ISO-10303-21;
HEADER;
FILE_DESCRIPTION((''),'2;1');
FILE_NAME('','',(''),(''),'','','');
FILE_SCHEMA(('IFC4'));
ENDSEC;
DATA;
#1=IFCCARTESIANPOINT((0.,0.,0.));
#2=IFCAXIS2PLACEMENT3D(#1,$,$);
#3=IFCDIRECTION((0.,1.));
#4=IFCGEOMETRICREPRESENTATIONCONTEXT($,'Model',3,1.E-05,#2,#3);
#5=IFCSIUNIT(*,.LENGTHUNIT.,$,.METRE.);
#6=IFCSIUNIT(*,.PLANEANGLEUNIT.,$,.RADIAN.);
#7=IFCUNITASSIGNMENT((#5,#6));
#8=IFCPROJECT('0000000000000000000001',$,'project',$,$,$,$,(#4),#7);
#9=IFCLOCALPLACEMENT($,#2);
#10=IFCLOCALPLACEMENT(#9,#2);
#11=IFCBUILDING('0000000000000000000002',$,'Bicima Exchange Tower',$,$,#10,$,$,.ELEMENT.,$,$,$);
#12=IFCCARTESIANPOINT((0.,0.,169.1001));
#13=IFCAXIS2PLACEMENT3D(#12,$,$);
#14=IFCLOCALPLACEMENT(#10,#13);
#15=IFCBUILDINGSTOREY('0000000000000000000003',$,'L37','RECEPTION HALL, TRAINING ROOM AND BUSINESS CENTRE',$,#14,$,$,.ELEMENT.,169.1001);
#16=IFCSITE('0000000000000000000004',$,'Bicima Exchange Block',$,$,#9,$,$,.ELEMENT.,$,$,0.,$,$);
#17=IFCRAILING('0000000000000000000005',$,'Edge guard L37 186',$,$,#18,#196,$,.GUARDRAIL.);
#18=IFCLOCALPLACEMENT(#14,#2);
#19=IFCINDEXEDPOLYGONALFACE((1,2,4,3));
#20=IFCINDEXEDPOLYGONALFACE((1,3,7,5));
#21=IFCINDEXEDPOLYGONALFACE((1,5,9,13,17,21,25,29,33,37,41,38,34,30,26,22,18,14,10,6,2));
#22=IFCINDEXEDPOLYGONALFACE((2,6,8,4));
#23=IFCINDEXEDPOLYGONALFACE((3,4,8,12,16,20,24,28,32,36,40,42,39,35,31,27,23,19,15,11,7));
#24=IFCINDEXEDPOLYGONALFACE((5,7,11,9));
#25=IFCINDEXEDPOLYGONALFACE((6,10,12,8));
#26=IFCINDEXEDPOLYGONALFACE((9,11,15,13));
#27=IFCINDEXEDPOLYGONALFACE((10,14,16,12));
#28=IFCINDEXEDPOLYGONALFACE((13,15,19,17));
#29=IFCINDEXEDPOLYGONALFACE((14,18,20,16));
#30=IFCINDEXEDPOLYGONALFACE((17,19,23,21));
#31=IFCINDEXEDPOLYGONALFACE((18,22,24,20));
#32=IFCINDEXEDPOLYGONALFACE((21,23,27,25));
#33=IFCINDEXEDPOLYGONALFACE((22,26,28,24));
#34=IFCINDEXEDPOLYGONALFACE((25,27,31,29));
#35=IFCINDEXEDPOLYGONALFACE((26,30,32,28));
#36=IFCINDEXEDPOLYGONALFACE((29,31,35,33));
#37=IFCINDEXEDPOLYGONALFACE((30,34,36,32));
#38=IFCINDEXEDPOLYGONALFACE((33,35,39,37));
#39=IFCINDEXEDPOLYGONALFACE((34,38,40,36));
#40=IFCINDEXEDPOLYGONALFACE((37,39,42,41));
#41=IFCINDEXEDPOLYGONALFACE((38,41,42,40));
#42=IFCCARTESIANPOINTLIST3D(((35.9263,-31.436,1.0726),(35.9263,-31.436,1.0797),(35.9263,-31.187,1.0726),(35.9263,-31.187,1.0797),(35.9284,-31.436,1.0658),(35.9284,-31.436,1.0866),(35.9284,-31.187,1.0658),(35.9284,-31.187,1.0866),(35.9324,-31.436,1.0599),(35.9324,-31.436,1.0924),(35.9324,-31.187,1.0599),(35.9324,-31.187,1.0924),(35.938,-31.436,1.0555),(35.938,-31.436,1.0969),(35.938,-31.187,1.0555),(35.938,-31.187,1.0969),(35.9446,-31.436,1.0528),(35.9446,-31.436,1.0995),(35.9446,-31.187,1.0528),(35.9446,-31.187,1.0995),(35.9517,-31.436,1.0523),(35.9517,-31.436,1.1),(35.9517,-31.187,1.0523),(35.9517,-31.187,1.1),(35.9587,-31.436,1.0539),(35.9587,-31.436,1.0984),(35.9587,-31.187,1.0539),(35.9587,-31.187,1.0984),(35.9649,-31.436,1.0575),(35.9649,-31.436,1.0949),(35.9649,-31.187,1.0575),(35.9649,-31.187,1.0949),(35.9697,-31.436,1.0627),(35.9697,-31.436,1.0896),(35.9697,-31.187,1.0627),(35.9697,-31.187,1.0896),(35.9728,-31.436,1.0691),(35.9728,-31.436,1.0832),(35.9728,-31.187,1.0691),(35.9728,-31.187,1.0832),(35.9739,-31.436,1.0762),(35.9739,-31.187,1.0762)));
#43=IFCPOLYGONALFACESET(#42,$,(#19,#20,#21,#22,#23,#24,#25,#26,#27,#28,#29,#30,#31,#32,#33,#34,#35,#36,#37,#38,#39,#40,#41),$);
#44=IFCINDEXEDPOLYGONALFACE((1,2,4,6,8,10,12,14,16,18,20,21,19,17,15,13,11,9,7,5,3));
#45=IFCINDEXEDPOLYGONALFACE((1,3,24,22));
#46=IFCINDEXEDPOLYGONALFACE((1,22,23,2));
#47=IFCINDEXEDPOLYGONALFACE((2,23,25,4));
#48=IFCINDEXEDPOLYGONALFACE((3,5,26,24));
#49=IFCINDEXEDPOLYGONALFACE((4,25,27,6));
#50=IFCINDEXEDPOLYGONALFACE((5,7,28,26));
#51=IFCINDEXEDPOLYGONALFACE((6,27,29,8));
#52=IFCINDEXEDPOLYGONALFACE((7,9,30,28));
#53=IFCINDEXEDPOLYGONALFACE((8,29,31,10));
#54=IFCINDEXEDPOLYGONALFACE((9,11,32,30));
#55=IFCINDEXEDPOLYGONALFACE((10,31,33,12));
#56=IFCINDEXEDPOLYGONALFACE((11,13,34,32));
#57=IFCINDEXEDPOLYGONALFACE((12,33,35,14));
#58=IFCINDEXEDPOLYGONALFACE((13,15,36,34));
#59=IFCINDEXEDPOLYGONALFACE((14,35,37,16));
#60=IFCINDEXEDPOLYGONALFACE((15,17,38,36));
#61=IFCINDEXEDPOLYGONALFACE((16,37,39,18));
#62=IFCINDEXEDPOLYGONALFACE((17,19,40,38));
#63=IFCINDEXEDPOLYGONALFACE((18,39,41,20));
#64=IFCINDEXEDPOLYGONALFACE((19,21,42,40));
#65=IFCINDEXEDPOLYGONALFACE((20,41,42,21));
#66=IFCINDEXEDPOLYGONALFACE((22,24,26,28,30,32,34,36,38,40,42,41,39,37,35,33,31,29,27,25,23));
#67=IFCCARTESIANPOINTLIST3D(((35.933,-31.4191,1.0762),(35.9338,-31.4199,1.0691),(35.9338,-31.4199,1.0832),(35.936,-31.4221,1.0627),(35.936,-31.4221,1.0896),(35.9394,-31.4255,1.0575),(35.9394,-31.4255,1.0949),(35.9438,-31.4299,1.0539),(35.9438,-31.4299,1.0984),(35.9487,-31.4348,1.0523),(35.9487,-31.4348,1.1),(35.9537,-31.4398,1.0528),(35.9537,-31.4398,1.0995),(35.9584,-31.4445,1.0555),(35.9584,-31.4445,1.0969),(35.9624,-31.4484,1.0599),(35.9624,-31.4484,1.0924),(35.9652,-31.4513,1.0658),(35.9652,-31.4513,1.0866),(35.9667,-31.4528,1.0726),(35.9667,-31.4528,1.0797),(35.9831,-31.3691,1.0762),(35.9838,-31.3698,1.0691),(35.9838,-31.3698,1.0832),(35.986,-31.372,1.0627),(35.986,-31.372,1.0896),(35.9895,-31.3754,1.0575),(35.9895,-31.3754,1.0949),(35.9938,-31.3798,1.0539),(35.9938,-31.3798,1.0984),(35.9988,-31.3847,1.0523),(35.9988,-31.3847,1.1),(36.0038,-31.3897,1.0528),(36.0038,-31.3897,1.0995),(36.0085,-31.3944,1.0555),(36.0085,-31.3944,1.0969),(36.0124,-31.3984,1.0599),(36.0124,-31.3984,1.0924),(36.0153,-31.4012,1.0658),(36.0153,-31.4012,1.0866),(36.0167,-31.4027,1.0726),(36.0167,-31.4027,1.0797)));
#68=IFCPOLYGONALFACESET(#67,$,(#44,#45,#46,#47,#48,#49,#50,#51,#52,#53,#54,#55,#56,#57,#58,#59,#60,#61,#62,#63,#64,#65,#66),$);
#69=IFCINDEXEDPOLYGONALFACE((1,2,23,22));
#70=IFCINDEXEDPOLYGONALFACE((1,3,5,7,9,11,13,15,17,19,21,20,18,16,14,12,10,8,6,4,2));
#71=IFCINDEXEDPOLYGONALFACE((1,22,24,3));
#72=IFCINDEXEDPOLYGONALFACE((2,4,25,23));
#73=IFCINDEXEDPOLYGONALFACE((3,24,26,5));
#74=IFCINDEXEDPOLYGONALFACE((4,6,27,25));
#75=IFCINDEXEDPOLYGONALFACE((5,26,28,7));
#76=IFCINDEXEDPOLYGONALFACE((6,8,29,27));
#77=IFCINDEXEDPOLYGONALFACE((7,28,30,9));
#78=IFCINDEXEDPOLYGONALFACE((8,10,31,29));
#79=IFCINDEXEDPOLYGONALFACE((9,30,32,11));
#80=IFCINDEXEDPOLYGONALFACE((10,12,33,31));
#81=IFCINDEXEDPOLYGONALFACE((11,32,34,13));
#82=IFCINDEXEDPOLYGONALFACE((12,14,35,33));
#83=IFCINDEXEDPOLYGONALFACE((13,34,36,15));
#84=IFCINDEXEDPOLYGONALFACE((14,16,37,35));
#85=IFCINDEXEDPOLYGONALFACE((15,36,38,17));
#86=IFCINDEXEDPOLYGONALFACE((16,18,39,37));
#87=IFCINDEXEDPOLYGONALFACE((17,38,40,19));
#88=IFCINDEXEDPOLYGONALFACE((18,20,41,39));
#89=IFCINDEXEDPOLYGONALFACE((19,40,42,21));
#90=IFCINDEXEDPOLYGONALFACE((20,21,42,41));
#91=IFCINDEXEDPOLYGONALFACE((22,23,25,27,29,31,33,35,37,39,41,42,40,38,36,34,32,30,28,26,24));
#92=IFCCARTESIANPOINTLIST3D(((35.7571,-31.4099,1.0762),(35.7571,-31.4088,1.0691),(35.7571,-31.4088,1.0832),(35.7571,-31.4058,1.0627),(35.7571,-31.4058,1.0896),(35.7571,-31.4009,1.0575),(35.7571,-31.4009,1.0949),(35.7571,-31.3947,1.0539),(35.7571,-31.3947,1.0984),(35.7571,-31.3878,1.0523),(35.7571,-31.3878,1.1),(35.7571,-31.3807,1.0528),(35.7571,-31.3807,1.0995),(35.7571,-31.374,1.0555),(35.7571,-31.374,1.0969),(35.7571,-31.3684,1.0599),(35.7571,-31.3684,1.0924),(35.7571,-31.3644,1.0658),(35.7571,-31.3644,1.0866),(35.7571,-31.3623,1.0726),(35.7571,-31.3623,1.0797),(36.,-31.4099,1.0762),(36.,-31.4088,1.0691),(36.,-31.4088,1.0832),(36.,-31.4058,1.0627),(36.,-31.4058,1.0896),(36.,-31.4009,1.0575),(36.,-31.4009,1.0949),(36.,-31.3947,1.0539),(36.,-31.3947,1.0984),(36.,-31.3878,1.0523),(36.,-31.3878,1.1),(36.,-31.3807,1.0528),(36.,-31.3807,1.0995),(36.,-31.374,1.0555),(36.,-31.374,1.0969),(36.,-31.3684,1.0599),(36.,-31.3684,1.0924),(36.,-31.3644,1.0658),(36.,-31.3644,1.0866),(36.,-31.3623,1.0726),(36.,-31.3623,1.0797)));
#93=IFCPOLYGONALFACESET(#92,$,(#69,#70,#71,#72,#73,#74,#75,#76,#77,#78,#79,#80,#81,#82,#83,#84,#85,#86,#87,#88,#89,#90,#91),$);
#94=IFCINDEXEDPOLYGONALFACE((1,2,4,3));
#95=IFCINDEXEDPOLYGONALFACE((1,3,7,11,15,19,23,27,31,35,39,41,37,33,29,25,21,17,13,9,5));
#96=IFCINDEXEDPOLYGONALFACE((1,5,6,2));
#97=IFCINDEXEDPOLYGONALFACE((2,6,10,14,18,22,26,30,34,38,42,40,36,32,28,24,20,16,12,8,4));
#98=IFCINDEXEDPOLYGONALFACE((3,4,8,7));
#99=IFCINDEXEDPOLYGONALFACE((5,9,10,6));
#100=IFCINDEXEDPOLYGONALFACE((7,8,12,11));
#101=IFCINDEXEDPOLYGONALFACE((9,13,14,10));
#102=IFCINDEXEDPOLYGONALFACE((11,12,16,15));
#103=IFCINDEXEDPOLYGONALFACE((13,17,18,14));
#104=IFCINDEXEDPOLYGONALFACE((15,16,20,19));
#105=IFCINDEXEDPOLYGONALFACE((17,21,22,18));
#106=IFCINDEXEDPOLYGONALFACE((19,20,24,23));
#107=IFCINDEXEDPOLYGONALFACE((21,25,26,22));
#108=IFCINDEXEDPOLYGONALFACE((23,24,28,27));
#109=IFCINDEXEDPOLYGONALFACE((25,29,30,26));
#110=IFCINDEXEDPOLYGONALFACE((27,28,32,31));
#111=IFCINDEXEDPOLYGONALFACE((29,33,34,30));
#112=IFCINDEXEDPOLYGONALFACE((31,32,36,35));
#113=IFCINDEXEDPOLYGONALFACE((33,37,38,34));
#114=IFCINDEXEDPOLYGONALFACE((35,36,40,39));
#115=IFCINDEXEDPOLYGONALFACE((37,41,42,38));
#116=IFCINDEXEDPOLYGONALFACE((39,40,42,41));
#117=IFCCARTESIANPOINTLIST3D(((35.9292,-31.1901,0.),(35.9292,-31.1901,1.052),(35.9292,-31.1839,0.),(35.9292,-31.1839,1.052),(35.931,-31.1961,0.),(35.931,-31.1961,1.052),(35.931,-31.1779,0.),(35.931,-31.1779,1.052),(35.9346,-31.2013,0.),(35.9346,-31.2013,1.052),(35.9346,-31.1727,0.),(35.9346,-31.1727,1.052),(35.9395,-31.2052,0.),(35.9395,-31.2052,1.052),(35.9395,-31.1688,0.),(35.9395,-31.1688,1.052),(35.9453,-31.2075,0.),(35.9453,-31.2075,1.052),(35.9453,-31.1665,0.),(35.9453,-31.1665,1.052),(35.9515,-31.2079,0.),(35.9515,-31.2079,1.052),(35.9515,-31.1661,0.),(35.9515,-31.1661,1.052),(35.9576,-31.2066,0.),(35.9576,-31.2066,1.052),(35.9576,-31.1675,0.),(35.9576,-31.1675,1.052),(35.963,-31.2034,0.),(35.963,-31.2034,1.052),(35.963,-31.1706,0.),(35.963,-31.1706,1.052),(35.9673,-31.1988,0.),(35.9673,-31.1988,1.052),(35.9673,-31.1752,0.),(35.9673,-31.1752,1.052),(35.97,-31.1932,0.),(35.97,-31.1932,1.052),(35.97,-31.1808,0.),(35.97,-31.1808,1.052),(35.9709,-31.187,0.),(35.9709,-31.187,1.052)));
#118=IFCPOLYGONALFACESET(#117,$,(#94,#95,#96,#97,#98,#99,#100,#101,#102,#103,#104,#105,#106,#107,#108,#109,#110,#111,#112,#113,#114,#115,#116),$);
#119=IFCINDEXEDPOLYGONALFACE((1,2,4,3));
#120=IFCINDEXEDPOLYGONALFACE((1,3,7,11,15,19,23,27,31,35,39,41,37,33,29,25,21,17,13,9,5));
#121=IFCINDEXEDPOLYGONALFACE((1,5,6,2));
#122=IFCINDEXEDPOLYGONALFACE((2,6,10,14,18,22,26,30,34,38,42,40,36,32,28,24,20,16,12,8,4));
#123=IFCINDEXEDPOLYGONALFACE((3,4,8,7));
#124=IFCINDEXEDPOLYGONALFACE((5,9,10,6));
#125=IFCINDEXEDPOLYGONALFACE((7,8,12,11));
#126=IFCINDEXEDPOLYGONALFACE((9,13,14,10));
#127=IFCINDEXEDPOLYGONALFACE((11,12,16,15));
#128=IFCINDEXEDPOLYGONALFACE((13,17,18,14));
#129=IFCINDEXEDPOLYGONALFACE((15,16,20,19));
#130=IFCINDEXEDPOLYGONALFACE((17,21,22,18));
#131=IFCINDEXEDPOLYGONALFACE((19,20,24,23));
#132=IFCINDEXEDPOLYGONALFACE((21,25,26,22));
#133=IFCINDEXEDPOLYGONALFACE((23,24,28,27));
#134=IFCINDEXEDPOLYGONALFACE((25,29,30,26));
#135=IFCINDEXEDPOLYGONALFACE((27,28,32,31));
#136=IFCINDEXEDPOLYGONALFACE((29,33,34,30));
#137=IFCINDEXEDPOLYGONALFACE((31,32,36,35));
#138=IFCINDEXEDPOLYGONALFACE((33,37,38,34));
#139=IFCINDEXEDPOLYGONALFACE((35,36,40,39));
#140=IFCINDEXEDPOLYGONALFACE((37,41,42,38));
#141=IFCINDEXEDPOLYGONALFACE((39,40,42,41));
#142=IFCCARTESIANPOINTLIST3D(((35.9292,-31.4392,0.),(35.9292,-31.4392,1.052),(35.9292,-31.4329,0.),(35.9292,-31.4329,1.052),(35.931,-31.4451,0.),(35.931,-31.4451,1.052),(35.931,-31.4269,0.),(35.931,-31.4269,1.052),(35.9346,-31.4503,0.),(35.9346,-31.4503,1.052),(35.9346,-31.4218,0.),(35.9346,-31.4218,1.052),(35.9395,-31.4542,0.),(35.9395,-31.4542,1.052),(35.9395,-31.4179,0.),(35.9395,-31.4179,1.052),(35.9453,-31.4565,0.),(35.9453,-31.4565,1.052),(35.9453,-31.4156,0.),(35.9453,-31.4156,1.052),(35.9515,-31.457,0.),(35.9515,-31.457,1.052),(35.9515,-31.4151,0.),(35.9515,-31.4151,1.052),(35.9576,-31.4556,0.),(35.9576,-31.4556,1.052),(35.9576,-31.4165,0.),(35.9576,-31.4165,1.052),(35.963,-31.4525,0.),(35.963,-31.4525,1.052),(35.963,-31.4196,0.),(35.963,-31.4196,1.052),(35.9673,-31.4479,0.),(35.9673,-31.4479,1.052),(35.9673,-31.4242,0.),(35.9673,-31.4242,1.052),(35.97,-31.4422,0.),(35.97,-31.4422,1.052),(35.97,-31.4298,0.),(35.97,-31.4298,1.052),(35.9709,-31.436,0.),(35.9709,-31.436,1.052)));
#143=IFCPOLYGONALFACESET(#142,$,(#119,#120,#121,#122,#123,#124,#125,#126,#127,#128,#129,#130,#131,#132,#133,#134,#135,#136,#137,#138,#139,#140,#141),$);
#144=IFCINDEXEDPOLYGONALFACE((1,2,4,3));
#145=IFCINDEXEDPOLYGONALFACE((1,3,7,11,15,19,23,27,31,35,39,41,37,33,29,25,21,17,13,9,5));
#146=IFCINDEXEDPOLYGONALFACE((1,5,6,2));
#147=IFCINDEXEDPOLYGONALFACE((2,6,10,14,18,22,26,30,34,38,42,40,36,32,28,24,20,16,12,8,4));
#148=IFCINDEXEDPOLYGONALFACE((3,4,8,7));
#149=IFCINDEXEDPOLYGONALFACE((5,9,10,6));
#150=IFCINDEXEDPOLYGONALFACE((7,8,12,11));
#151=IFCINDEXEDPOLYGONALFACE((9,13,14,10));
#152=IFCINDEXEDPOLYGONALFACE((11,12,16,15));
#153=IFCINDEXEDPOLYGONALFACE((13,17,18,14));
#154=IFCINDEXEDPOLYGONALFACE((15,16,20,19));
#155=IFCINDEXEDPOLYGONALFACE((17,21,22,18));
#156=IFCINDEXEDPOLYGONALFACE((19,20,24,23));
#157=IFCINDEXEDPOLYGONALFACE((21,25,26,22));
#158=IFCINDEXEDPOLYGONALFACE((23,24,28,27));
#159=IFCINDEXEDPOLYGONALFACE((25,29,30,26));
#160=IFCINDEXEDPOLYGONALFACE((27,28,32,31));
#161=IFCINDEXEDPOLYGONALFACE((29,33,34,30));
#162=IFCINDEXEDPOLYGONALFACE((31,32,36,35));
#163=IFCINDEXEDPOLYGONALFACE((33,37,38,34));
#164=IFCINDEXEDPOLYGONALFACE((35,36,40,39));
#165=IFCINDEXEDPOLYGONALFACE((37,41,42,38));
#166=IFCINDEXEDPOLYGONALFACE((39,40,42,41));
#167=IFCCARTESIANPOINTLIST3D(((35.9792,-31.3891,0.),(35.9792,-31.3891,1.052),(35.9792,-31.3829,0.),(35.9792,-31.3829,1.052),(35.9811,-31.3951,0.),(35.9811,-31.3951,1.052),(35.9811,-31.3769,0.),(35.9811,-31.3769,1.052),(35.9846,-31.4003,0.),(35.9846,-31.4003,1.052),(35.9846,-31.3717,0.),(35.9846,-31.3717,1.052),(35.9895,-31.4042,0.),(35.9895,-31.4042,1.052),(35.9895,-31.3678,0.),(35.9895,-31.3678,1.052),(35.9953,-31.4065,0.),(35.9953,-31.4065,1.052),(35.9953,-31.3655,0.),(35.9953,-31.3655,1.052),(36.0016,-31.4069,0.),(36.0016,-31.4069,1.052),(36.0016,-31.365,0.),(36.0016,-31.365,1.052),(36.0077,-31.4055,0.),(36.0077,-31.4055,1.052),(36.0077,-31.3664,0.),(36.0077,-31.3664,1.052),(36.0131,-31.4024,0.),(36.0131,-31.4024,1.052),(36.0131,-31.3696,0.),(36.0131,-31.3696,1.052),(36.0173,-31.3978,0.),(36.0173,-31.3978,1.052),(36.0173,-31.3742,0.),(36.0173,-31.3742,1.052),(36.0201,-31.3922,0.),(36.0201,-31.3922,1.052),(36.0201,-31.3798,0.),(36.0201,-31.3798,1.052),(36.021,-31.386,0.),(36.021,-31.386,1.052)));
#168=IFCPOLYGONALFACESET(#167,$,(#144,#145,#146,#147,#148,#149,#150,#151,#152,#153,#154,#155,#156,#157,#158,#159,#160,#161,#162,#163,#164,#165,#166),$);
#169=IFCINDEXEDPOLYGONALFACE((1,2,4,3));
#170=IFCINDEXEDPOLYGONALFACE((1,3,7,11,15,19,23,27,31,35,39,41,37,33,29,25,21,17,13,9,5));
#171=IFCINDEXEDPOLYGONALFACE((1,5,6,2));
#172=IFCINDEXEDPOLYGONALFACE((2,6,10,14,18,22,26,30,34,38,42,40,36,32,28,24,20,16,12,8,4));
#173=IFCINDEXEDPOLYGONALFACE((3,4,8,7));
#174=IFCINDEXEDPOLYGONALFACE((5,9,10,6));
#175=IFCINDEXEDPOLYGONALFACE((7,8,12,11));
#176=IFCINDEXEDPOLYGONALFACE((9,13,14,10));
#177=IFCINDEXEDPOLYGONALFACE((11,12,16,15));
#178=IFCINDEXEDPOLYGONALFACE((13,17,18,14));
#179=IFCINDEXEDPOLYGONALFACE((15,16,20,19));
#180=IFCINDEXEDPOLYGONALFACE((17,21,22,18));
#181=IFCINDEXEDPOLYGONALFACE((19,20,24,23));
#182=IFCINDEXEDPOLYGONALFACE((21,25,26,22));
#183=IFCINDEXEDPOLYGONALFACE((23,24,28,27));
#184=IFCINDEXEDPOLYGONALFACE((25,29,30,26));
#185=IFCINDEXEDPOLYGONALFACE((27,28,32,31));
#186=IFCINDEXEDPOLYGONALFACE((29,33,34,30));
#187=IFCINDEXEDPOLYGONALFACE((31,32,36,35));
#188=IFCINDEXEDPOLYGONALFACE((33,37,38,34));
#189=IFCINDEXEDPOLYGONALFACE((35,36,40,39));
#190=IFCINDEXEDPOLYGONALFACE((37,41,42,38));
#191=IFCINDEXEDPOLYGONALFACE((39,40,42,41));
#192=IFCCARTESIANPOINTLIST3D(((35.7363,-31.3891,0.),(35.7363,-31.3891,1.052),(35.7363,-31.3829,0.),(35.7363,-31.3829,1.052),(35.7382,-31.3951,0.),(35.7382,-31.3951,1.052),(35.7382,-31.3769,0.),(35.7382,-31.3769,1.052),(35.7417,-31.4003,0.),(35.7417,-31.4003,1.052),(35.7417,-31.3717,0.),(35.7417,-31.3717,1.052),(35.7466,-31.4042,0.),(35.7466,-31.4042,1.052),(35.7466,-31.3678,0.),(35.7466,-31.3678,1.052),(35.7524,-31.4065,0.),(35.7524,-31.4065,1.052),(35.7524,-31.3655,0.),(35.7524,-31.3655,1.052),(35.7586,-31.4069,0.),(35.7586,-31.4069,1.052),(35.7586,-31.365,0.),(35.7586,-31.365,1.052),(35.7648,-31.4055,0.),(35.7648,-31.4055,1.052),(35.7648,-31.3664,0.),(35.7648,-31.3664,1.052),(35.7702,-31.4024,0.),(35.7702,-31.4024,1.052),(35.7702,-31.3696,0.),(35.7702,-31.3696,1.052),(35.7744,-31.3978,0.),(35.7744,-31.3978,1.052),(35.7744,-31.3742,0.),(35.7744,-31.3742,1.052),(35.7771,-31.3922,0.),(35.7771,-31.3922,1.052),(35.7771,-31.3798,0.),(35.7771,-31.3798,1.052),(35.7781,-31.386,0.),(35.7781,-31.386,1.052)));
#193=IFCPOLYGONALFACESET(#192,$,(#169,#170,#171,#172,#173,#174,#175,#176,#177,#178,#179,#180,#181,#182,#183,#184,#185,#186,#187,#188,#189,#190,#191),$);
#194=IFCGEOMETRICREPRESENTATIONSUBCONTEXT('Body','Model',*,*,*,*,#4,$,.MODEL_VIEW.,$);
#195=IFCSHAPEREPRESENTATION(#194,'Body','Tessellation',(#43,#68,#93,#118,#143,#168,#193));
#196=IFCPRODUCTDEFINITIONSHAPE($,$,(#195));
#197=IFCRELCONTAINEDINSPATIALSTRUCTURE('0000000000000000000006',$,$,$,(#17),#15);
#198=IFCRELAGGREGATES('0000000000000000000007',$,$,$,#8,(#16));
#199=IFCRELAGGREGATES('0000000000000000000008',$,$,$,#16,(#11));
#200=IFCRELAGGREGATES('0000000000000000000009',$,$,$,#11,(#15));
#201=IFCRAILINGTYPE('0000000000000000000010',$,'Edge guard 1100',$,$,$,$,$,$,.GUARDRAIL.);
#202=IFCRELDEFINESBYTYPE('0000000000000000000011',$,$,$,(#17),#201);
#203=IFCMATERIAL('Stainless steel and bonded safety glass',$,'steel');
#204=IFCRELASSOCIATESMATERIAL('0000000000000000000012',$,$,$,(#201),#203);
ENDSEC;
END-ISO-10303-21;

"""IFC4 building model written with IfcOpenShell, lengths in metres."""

from ifc_helpers import new_model, si_unit, direction, frame, origin, origin_2d, place, context, subcontext, project, spatial, circle, extrude, material, type_object, element, save


model = new_model("IFC4")

# Units and contexts
model_context = context("Model", 3, precision=1e-05, world=origin(), true_north=direction((0.0, 1.0)))
body_context = subcontext(model_context, "Body", "Model", "MODEL_VIEW")
ifc_project = project(units=[si_unit("LENGTHUNIT", "METRE"), si_unit("PLANEANGLEUNIT", "RADIAN")], contexts=[model_context])

# Site, building, storey
site_placement = place(None, origin())
site = spatial("IfcSite", under=ifc_project, at=site_placement, Name="Bicima Exchange Block", CompositionType="ELEMENT", RefElevation=0.0)
building_placement = place(site_placement, origin())
building = spatial("IfcBuilding", under=site, at=building_placement, Name="Bicima Exchange Tower", CompositionType="ELEMENT")
storey_placement = place(building_placement, frame((0.0, 0.0, 169.1001)))
storey = spatial("IfcBuildingStorey", under=building, at=storey_placement, Name="L37", Description="RECEPTION HALL, TRAINING ROOM AND BUSINESS CENTRE", CompositionType="ELEMENT", Elevation=169.1001)

# Railing
ifc_material_1 = material(Name="Stainless steel and bonded safety glass", Category="steel")
railing_type = type_object("IfcRailingType", Name="Edge guard 1100", PredefinedType="GUARDRAIL", material=ifc_material_1)
railing_placement = place(storey_placement, frame((35.95, -31.187, 0.0)))
element("IfcRailing", 1, at=railing_placement, inside=storey, type_object=railing_type, Name="Edge guard L37 186", PredefinedType="GUARDRAIL", context=body_context, shape_type="SweptSolid", body=[
    extrude(circle(Radius=0.0239, at=origin_2d()), frame((0.0, 0.0, 1.0762), z_axis=(0.0, -1.0, 0.0), x_axis=(1.0, 0.0, 0.0)), (0.0, 0.0, 1.0), 0.249),
    extrude(circle(Radius=0.0239, at=origin_2d()), frame((0.0, -0.249, 1.0762), z_axis=(0.707107, 0.707107, 0.0), x_axis=(-0.707107, 0.707107, 0.0)), (0.0, 0.0, 1.0), 0.0708),
    extrude(circle(Radius=0.0239, at=origin_2d()), frame((0.05, -0.199, 1.0762), z_axis=(-1.0, 0.0, 0.0), x_axis=(0.0, -1.0, 0.0)), (0.0, 0.0, 1.0), 0.2429),
    extrude(circle(Radius=0.021, at=origin_2d()), origin(), (0.0, 0.0, 1.0), 1.052),
    extrude(circle(Radius=0.021, at=origin_2d()), frame((0.0, -0.249, 0.0)), (0.0, 0.0, 1.0), 1.052),
    extrude(circle(Radius=0.021, at=origin_2d()), frame((0.05, -0.199, 0.0)), (0.0, 0.0, 1.0), 1.052),
    extrude(circle(Radius=0.021, at=origin_2d()), frame((-0.1929, -0.199, 0.0)), (0.0, 0.0, 1.0), 1.052),
])

save(model, "model.ifc")
